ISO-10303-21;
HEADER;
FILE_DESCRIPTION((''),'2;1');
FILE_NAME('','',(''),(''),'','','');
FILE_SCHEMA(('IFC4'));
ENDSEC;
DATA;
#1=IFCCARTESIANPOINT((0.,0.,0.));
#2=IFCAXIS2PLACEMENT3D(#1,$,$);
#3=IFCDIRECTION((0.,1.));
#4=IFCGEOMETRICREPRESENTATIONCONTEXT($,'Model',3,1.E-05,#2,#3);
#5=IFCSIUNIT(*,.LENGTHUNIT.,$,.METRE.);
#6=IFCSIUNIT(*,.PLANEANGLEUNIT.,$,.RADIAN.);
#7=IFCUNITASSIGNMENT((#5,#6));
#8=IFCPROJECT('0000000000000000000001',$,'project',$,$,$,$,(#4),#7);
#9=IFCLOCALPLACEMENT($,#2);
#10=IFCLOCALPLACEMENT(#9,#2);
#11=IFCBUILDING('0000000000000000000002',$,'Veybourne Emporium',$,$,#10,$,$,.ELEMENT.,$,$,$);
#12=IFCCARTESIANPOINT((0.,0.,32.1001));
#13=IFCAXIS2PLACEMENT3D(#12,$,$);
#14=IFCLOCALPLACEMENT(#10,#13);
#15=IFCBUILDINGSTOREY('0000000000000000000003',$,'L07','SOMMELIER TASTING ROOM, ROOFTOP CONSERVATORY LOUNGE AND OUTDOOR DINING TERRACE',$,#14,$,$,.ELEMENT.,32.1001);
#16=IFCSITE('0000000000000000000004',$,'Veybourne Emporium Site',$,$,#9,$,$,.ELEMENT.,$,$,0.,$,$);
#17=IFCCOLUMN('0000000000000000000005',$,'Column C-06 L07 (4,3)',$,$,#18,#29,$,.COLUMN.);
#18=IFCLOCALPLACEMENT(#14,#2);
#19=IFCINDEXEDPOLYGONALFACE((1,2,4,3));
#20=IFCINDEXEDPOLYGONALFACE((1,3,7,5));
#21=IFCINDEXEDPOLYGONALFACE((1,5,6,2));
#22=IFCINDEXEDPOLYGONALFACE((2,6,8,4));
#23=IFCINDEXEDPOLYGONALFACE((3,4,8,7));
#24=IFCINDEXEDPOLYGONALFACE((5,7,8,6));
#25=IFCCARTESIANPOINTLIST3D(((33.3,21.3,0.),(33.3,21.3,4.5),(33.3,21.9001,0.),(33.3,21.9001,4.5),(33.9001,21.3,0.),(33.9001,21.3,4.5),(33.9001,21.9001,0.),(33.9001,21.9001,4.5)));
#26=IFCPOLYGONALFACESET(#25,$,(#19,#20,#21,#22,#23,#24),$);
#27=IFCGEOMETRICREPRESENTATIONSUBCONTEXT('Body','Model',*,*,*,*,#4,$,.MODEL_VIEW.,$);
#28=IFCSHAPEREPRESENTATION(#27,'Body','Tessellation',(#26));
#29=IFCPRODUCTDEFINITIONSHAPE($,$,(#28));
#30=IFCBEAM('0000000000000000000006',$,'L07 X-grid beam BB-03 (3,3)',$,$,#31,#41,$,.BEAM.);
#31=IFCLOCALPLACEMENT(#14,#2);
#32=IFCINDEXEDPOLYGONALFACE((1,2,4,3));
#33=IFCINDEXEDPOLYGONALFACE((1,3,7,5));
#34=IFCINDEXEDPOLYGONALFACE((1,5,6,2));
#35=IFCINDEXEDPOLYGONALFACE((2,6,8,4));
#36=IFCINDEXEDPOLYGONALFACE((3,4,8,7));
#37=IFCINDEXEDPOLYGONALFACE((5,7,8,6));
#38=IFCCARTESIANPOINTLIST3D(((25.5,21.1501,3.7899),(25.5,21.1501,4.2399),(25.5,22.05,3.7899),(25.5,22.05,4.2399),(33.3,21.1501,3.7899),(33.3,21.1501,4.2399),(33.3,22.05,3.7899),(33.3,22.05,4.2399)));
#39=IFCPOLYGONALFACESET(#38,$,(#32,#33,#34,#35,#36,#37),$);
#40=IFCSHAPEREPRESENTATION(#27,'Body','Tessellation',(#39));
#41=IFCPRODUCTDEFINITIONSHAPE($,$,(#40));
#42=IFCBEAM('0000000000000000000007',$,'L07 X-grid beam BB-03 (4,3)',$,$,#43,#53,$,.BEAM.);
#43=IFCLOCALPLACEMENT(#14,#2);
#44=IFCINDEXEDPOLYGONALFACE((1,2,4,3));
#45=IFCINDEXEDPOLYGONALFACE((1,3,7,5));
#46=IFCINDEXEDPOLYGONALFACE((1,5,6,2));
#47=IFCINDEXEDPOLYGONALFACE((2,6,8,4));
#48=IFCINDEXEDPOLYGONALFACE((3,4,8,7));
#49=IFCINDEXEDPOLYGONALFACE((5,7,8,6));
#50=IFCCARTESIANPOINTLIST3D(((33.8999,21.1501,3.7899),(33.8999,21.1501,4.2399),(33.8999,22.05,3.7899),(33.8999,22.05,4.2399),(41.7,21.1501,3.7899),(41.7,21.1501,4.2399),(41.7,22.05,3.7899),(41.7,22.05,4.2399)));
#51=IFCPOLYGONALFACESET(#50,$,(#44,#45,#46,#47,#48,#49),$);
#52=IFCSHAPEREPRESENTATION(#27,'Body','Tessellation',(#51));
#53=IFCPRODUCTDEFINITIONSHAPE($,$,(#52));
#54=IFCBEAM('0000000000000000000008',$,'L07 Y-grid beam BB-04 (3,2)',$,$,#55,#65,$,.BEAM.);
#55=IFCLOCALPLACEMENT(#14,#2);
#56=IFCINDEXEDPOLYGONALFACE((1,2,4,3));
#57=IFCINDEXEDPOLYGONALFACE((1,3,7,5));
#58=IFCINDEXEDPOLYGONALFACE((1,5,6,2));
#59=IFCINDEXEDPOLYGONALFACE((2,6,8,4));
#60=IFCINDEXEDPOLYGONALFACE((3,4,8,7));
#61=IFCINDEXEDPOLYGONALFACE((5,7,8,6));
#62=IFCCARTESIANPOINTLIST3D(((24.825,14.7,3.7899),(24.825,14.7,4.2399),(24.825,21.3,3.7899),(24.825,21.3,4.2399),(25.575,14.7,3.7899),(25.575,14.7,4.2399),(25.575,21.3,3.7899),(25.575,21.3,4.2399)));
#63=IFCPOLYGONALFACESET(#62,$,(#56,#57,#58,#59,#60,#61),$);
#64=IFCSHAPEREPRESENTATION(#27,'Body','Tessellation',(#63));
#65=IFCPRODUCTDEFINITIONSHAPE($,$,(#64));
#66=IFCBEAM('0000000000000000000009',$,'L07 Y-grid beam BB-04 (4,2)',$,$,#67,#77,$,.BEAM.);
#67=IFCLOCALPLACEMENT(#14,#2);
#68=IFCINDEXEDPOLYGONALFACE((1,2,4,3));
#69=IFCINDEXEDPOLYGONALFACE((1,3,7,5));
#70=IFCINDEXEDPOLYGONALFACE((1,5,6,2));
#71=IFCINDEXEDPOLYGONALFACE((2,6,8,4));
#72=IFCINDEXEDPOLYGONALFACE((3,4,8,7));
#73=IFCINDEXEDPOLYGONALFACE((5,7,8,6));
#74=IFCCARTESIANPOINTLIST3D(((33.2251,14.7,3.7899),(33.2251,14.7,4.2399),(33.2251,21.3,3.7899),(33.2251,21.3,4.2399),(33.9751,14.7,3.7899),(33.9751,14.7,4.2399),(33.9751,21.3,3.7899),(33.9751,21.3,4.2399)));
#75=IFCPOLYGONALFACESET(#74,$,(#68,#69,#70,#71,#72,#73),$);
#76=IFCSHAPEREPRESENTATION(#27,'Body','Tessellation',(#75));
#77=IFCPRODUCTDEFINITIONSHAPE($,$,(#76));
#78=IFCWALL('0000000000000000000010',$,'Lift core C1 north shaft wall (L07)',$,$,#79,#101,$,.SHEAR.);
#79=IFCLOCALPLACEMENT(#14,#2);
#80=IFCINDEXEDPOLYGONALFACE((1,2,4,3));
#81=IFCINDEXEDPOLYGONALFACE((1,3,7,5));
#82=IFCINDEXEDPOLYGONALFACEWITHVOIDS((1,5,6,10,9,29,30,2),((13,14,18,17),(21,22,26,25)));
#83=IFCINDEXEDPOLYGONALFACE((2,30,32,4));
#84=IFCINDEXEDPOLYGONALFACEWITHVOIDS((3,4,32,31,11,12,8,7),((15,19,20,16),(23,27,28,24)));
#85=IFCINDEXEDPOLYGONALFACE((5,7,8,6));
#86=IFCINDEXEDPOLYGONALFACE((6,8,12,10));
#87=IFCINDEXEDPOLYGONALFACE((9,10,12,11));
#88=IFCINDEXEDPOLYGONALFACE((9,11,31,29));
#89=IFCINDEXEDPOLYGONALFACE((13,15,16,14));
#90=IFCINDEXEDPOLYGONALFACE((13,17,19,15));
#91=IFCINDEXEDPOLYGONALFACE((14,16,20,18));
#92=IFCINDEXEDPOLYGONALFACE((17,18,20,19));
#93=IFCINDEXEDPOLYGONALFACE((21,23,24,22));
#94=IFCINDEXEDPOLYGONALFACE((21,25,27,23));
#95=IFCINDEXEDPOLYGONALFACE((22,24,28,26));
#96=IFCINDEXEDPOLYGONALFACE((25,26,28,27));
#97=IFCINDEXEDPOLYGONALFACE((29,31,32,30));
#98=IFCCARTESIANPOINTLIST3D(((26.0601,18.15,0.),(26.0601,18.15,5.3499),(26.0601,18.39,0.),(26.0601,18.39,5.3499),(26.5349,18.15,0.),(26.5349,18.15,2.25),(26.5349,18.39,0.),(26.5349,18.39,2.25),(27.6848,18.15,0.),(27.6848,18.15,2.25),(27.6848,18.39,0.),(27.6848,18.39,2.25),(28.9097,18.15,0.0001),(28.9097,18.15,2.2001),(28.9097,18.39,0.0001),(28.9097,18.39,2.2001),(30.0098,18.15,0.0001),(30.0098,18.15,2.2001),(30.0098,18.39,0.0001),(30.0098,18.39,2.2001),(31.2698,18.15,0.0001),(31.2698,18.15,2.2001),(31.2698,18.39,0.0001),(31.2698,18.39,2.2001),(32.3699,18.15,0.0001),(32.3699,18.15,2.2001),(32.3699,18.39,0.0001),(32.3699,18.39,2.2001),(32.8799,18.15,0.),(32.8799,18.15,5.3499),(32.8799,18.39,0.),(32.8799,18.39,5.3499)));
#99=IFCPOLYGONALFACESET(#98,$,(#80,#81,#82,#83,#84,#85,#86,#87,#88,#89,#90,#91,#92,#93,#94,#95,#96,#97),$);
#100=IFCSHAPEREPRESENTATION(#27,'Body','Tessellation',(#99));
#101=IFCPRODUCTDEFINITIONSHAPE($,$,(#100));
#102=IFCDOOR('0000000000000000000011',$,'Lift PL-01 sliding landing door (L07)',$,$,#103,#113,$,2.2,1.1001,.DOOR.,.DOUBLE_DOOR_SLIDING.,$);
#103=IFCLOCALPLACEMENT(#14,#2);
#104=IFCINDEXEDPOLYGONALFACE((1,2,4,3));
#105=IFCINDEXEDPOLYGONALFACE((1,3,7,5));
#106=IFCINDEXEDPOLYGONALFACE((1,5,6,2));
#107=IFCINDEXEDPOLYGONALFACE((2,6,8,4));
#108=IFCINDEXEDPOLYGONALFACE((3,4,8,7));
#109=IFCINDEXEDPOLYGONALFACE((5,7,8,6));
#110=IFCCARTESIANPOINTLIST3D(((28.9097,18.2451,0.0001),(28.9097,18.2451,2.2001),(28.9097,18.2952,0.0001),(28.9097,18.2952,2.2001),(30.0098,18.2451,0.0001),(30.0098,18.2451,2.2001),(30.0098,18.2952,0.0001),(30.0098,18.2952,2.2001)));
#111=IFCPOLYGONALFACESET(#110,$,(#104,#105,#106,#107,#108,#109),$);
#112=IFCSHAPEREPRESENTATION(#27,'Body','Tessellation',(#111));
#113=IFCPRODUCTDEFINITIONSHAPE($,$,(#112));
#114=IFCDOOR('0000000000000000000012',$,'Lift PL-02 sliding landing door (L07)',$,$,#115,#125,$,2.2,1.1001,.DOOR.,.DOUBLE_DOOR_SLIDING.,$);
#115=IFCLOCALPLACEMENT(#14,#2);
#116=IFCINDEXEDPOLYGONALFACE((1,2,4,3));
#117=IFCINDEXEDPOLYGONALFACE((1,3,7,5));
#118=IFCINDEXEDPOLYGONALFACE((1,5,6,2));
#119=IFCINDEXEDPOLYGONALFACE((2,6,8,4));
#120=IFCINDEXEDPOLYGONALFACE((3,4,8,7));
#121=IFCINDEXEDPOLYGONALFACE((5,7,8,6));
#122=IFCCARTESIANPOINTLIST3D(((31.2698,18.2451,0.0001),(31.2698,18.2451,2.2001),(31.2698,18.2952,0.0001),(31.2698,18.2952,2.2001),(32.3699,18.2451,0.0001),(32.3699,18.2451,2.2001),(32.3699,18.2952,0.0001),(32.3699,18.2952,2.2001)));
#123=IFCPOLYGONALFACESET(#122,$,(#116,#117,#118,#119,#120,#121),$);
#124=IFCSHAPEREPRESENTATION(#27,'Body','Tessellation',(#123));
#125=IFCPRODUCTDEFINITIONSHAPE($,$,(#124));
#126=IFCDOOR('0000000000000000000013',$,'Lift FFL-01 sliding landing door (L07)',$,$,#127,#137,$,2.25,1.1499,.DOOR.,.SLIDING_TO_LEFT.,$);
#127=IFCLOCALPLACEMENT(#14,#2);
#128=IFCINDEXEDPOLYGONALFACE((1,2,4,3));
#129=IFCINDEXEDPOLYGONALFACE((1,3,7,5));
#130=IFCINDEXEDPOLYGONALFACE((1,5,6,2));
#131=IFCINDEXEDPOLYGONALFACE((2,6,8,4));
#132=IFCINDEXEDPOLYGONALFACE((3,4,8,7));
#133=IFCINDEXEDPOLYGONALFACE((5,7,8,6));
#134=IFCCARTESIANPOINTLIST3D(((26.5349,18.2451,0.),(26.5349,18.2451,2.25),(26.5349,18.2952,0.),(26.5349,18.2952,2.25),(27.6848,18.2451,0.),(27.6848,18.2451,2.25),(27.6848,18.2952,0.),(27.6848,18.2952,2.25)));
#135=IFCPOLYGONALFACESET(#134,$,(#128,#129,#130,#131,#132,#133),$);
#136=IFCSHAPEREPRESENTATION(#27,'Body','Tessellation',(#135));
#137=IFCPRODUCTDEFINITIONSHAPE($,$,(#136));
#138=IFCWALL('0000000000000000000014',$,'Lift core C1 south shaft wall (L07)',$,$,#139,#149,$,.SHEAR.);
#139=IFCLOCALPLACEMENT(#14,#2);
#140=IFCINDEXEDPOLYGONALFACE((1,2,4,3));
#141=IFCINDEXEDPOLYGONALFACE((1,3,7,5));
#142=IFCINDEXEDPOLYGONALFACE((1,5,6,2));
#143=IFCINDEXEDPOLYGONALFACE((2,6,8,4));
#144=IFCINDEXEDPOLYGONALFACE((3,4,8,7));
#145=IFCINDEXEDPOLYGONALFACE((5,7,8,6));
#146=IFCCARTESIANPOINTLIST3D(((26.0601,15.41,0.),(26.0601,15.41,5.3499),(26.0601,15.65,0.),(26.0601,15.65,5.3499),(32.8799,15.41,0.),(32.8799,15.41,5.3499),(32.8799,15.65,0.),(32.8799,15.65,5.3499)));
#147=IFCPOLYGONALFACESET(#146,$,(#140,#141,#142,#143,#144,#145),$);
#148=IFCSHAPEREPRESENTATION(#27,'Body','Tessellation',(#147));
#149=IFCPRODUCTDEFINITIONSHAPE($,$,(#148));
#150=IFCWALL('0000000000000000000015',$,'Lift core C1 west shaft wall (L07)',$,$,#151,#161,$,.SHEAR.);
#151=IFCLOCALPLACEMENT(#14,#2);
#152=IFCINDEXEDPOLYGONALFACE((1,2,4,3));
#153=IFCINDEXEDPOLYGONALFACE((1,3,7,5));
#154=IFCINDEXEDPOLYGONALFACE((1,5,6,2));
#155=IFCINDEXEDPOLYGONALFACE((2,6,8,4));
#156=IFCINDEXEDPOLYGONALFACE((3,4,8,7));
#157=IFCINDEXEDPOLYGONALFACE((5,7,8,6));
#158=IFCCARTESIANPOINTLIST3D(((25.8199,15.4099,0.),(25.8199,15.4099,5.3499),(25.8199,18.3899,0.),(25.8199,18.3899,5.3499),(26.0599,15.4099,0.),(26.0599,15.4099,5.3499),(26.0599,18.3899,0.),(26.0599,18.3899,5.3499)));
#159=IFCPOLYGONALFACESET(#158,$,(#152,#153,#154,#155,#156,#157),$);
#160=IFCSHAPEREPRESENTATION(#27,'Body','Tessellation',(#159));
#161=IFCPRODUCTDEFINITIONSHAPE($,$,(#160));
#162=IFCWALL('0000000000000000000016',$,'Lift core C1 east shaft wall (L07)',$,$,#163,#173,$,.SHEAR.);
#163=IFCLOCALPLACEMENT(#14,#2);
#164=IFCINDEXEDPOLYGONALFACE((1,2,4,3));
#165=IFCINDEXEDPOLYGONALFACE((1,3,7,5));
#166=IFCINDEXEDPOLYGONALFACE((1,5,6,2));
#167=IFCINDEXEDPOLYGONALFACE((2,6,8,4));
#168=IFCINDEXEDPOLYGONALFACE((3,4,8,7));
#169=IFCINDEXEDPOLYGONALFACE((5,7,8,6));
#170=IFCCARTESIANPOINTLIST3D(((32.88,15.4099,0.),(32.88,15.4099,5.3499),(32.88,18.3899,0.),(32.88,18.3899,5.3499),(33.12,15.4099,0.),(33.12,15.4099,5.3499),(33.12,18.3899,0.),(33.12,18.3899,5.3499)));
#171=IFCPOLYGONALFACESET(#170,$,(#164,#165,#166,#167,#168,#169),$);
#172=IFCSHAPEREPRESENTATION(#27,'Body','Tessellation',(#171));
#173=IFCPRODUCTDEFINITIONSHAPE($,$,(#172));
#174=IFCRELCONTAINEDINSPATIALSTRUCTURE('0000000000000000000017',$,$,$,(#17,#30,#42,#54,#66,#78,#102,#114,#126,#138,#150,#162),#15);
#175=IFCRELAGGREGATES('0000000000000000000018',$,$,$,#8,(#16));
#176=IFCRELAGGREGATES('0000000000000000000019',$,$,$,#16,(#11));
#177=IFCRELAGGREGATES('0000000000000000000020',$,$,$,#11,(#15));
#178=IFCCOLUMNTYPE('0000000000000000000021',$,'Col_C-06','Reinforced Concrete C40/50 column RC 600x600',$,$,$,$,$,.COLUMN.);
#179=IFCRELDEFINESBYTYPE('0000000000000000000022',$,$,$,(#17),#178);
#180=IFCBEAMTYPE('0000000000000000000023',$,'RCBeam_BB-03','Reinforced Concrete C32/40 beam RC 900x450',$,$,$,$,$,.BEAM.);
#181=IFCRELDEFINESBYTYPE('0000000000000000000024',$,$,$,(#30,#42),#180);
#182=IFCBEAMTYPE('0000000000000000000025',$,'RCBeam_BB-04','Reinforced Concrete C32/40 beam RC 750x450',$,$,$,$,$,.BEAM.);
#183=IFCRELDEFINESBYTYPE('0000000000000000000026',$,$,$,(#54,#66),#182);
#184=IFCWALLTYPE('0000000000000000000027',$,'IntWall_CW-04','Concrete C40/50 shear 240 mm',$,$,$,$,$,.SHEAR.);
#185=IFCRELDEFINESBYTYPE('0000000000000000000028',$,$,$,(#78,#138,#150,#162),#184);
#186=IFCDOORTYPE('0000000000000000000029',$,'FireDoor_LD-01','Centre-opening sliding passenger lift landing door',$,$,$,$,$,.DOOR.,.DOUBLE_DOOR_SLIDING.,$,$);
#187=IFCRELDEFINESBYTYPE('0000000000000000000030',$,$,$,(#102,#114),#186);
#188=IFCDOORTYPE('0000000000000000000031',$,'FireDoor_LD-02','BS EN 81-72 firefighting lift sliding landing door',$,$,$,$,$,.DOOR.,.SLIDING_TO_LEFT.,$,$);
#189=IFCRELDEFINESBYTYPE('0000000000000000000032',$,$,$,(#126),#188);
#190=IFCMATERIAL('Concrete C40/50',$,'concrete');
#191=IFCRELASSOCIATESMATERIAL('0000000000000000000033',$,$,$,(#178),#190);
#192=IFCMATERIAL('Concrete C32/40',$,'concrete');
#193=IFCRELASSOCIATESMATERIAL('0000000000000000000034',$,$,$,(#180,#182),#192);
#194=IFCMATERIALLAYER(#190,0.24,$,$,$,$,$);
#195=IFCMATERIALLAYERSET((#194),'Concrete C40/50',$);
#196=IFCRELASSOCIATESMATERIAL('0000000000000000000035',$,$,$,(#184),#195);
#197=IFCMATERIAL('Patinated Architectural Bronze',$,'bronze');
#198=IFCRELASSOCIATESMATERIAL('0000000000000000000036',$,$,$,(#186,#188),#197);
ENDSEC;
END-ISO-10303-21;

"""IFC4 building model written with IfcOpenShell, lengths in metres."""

from ifc_helpers import new_model, si_unit, direction, frame, frame_2d, origin, origin_2d, place, context, subcontext, project, spatial, rectangle, extrude, material, layer, layer_set, material_profile, profile_set, type_object, element, fill, save


model = new_model("IFC4")

# Units and contexts
model_context = context("Model", 3, precision=1e-05, world=origin(), true_north=direction((0.0, 1.0)))
body_context = subcontext(model_context, "Body", "Model", "MODEL_VIEW")
ifc_project = project(units=[si_unit("LENGTHUNIT", "METRE"), si_unit("PLANEANGLEUNIT", "RADIAN")], contexts=[model_context])

# Site, building, storey
site_placement = place(None, origin())
site = spatial("IfcSite", under=ifc_project, at=site_placement, Name="Veybourne Emporium Site", CompositionType="ELEMENT", RefElevation=0.0)
building_placement = place(site_placement, origin())
building = spatial("IfcBuilding", under=site, at=building_placement, Name="Veybourne Emporium", CompositionType="ELEMENT")
storey_placement = place(building_placement, frame((0.0, 0.0, 32.1001)))
storey = spatial("IfcBuildingStorey", under=building, at=storey_placement, Name="L07", Description="SOMMELIER TASTING ROOM, ROOFTOP CONSERVATORY LOUNGE AND OUTDOOR DINING TERRACE", CompositionType="ELEMENT", Elevation=32.1001)

# Column
ifc_material_1 = material(Name="Concrete C40/50", Category="concrete")
ifc_material_profile_1 = material_profile(ifc_material_1, rectangle(XDim=0.6001, YDim=0.6001, at=origin_2d()), Name="RC 600x600")
ifc_profile_set_1 = profile_set([ifc_material_profile_1], Name="Concrete C40/50")
column_type = type_object("IfcColumnType", Name="Col_C-06", Description="Reinforced Concrete C40/50 column RC 600x600", PredefinedType="COLUMN", material=ifc_profile_set_1)
column_placement = place(storey_placement, frame((33.6001, 21.6001, 0.0), z_axis=(0.0, 0.0, 1.0), x_axis=(1.0, 0.0, 0.0)))
element("IfcColumn", 1, at=column_placement, inside=storey, type_object=column_type, Name="Column C-06 L07 (4,3)", PredefinedType="COLUMN", context=body_context, shape_type="SweptSolid", body=[
    extrude(rectangle(XDim=0.6001, YDim=0.6001, at=origin_2d()), origin(), (0.0, 0.0, 1.0), 4.5),
])

# Beams
ifc_material_2 = material(Name="Concrete C32/40", Category="concrete")
ifc_material_profile_2 = material_profile(ifc_material_2, rectangle(XDim=0.8999, YDim=0.45, at=origin_2d()), Name="RC 900x450")
ifc_profile_set_2 = profile_set([ifc_material_profile_2], Name="Concrete C32/40")
beam_type_1 = type_object("IfcBeamType", Name="RCBeam_BB-03", Description="Reinforced Concrete C32/40 beam RC 900x450", PredefinedType="BEAM", material=ifc_profile_set_2)
for number, where, z_axis, x_axis, name in (
    (2, (25.5, 21.6001, 4.0149), (1.0, 0.0, 0.0), (0.0, 1.0, 0.0), "L07 X-grid beam BB-03 (3,3)"),
    (3, (33.8999, 21.6001, 4.0149), (1.0, 0.0, 0.0), (0.0, 1.0, 0.0), "L07 X-grid beam BB-03 (4,3)"),
):
    element("IfcBeam", number, at=place(storey_placement, frame(where, z_axis=z_axis, x_axis=x_axis)), inside=storey, type_object=beam_type_1, Name=name, PredefinedType="BEAM", context=body_context, shape_type="SweptSolid", body=[
        extrude(rectangle(XDim=0.8999, YDim=0.45, at=origin_2d()), origin(), (0.0, 0.0, 1.0), 7.8),
    ])
ifc_material_profile_3 = material_profile(ifc_material_2, rectangle(XDim=0.75, YDim=0.45, at=origin_2d()), Name="RC 750x450")
ifc_profile_set_3 = profile_set([ifc_material_profile_3], Name="Concrete C32/40")
beam_type_2 = type_object("IfcBeamType", Name="RCBeam_BB-04", Description="Reinforced Concrete C32/40 beam RC 750x450", PredefinedType="BEAM", material=ifc_profile_set_3)
for number, where, z_axis, x_axis, name in (
    (4, (25.2, 14.7, 4.0149), (0.0, 1.0, 0.0), (-1.0, 0.0, 0.0), "L07 Y-grid beam BB-04 (3,2)"),
    (5, (33.6001, 14.7, 4.0149), (0.0, 1.0, 0.0), (-1.0, 0.0, 0.0), "L07 Y-grid beam BB-04 (4,2)"),
):
    element("IfcBeam", number, at=place(storey_placement, frame(where, z_axis=z_axis, x_axis=x_axis)), inside=storey, type_object=beam_type_2, Name=name, PredefinedType="BEAM", context=body_context, shape_type="SweptSolid", body=[
        extrude(rectangle(XDim=0.75, YDim=0.45, at=origin_2d()), origin(), (0.0, 0.0, 1.0), 6.6001),
    ])

# Wall, openings, doors
ifc_layer_1 = layer(ifc_material_1, 0.24)
ifc_layer_set_1 = layer_set([ifc_layer_1], Name="Concrete C40/50")
wall_type_1 = type_object("IfcWallType", Name="IntWall_CW-04", Description="Concrete C40/50 shear 240 mm", PredefinedType="SHEAR", material=ifc_layer_set_1)
wall_1_placement = place(storey_placement, frame((32.8799, 18.27, 0.0), z_axis=(0.0, 0.0, 1.0), x_axis=(-1.0, 0.0, 0.0)))
wall_1 = element("IfcWall", 6, at=wall_1_placement, inside=storey, type_object=wall_type_1, Name="Lift core C1 north shaft wall (L07)", PredefinedType="SHEAR", context=body_context, shape_type="SweptSolid", body=[
    extrude(rectangle(XDim=6.8198, YDim=0.24, at=frame_2d((3.4099, 0.0))), origin(), (0.0, 0.0, 1.0), 5.3499),
])
opening_1_placement = place(wall_1_placement, frame((5.1951, 0.0, 0.0)))
opening_1 = element("IfcOpeningElement", 7, at=opening_1_placement, cuts=wall_1, PredefinedType="OPENING", context=body_context, shape_type="SweptSolid", body=[
    extrude(rectangle(XDim=1.1499, YDim=2.25, at=frame_2d((0.575, 1.125))), frame((0.0, 0.1401, 0.0), z_axis=(0.0, -1.0, 0.0), x_axis=(1.0, 0.0, 0.0)), (0.0, 0.0, 1.0), 0.28),
])
opening_2_placement = place(wall_1_placement, frame((2.8701, 0.0, 0.0)))
opening_2 = element("IfcOpeningElement", 8, at=opening_2_placement, cuts=wall_1, PredefinedType="OPENING", context=body_context, shape_type="SweptSolid", body=[
    extrude(rectangle(XDim=1.1001, YDim=2.2, at=frame_2d((0.55, 1.1001))), frame((0.0, 0.1401, 0.0), z_axis=(0.0, -1.0, 0.0), x_axis=(1.0, 0.0, 0.0)), (0.0, 0.0, 1.0), 0.28),
])
opening_3_placement = place(wall_1_placement, frame((0.51, 0.0, 0.0)))
opening_3 = element("IfcOpeningElement", 9, at=opening_3_placement, cuts=wall_1, PredefinedType="OPENING", context=body_context, shape_type="SweptSolid", body=[
    extrude(rectangle(XDim=1.1001, YDim=2.2, at=frame_2d((0.55, 1.1001))), frame((0.0, 0.1401, 0.0), z_axis=(0.0, -1.0, 0.0), x_axis=(1.0, 0.0, 0.0)), (0.0, 0.0, 1.0), 0.28),
])
ifc_material_3 = material(Name="Patinated Architectural Bronze", Category="bronze")
door_type_1 = type_object("IfcDoorType", Name="FireDoor_LD-01", Description="Centre-opening sliding passenger lift landing door", OperationType="DOUBLE_DOOR_SLIDING", PredefinedType="DOOR", material=ifc_material_3)
door_1_placement = place(opening_2_placement, origin())
door_1 = element("IfcDoor", 10, at=door_1_placement, inside=storey, type_object=door_type_1, Name="Lift PL-01 sliding landing door (L07)", OperationType="DOUBLE_DOOR_SLIDING", OverallHeight=2.2, OverallWidth=1.1001, PredefinedType="DOOR", context=body_context, shape_type="SweptSolid", body=[
    extrude(rectangle(XDim=1.1001, YDim=2.2, at=frame_2d((0.55, 1.1001))), frame((0.0, 0.0249, 0.0), z_axis=(0.0, -1.0, 0.0), x_axis=(1.0, 0.0, 0.0)), (0.0, 0.0, 1.0), 0.05),
])
fill(opening_2, door_1)
door_2_placement = place(opening_3_placement, origin())
door_2 = element("IfcDoor", 11, at=door_2_placement, inside=storey, type_object=door_type_1, Name="Lift PL-02 sliding landing door (L07)", OperationType="DOUBLE_DOOR_SLIDING", OverallHeight=2.2, OverallWidth=1.1001, PredefinedType="DOOR", context=body_context, shape_type="SweptSolid", body=[
    extrude(rectangle(XDim=1.1001, YDim=2.2, at=frame_2d((0.55, 1.1001))), frame((0.0, 0.0249, 0.0), z_axis=(0.0, -1.0, 0.0), x_axis=(1.0, 0.0, 0.0)), (0.0, 0.0, 1.0), 0.05),
])
fill(opening_3, door_2)
door_type_2 = type_object("IfcDoorType", Name="FireDoor_LD-02", Description="BS EN 81-72 firefighting lift sliding landing door", OperationType="SLIDING_TO_LEFT", PredefinedType="DOOR", material=ifc_material_3)
door_3_placement = place(opening_1_placement, origin())
door_3 = element("IfcDoor", 12, at=door_3_placement, inside=storey, type_object=door_type_2, Name="Lift FFL-01 sliding landing door (L07)", OperationType="SLIDING_TO_LEFT", OverallHeight=2.25, OverallWidth=1.1499, PredefinedType="DOOR", context=body_context, shape_type="SweptSolid", body=[
    extrude(rectangle(XDim=1.1499, YDim=2.25, at=frame_2d((0.575, 1.125))), frame((0.0, 0.0249, 0.0), z_axis=(0.0, -1.0, 0.0), x_axis=(1.0, 0.0, 0.0)), (0.0, 0.0, 1.0), 0.05),
])
fill(opening_1, door_3)

# Walls
wall_2_placement = place(storey_placement, frame((26.0601, 15.53, 0.0), z_axis=(0.0, 0.0, 1.0), x_axis=(1.0, 0.0, 0.0)))
element("IfcWall", 13, at=wall_2_placement, inside=storey, type_object=wall_type_1, Name="Lift core C1 south shaft wall (L07)", PredefinedType="SHEAR", context=body_context, shape_type="SweptSolid", body=[
    extrude(rectangle(XDim=6.8198, YDim=0.24, at=frame_2d((3.4099, 0.0))), origin(), (0.0, 0.0, 1.0), 5.3499),
])
for number, where, z_axis, x_axis, name in (
    (14, (25.9399, 18.3899, 0.0), (0.0, 0.0, 1.0), (0.0, -1.0, 0.0), "Lift core C1 west shaft wall (L07)"),
    (15, (33.0, 15.4099, 0.0), (0.0, 0.0, 1.0), (0.0, 1.0, 0.0), "Lift core C1 east shaft wall (L07)"),
):
    element("IfcWall", number, at=place(storey_placement, frame(where, z_axis=z_axis, x_axis=x_axis)), inside=storey, type_object=wall_type_1, Name=name, PredefinedType="SHEAR", context=body_context, shape_type="SweptSolid", body=[
        extrude(rectangle(XDim=2.98, YDim=0.24, at=frame_2d((1.49, 0.0))), origin(), (0.0, 0.0, 1.0), 5.3499),
    ])

save(model, "model.ifc")
